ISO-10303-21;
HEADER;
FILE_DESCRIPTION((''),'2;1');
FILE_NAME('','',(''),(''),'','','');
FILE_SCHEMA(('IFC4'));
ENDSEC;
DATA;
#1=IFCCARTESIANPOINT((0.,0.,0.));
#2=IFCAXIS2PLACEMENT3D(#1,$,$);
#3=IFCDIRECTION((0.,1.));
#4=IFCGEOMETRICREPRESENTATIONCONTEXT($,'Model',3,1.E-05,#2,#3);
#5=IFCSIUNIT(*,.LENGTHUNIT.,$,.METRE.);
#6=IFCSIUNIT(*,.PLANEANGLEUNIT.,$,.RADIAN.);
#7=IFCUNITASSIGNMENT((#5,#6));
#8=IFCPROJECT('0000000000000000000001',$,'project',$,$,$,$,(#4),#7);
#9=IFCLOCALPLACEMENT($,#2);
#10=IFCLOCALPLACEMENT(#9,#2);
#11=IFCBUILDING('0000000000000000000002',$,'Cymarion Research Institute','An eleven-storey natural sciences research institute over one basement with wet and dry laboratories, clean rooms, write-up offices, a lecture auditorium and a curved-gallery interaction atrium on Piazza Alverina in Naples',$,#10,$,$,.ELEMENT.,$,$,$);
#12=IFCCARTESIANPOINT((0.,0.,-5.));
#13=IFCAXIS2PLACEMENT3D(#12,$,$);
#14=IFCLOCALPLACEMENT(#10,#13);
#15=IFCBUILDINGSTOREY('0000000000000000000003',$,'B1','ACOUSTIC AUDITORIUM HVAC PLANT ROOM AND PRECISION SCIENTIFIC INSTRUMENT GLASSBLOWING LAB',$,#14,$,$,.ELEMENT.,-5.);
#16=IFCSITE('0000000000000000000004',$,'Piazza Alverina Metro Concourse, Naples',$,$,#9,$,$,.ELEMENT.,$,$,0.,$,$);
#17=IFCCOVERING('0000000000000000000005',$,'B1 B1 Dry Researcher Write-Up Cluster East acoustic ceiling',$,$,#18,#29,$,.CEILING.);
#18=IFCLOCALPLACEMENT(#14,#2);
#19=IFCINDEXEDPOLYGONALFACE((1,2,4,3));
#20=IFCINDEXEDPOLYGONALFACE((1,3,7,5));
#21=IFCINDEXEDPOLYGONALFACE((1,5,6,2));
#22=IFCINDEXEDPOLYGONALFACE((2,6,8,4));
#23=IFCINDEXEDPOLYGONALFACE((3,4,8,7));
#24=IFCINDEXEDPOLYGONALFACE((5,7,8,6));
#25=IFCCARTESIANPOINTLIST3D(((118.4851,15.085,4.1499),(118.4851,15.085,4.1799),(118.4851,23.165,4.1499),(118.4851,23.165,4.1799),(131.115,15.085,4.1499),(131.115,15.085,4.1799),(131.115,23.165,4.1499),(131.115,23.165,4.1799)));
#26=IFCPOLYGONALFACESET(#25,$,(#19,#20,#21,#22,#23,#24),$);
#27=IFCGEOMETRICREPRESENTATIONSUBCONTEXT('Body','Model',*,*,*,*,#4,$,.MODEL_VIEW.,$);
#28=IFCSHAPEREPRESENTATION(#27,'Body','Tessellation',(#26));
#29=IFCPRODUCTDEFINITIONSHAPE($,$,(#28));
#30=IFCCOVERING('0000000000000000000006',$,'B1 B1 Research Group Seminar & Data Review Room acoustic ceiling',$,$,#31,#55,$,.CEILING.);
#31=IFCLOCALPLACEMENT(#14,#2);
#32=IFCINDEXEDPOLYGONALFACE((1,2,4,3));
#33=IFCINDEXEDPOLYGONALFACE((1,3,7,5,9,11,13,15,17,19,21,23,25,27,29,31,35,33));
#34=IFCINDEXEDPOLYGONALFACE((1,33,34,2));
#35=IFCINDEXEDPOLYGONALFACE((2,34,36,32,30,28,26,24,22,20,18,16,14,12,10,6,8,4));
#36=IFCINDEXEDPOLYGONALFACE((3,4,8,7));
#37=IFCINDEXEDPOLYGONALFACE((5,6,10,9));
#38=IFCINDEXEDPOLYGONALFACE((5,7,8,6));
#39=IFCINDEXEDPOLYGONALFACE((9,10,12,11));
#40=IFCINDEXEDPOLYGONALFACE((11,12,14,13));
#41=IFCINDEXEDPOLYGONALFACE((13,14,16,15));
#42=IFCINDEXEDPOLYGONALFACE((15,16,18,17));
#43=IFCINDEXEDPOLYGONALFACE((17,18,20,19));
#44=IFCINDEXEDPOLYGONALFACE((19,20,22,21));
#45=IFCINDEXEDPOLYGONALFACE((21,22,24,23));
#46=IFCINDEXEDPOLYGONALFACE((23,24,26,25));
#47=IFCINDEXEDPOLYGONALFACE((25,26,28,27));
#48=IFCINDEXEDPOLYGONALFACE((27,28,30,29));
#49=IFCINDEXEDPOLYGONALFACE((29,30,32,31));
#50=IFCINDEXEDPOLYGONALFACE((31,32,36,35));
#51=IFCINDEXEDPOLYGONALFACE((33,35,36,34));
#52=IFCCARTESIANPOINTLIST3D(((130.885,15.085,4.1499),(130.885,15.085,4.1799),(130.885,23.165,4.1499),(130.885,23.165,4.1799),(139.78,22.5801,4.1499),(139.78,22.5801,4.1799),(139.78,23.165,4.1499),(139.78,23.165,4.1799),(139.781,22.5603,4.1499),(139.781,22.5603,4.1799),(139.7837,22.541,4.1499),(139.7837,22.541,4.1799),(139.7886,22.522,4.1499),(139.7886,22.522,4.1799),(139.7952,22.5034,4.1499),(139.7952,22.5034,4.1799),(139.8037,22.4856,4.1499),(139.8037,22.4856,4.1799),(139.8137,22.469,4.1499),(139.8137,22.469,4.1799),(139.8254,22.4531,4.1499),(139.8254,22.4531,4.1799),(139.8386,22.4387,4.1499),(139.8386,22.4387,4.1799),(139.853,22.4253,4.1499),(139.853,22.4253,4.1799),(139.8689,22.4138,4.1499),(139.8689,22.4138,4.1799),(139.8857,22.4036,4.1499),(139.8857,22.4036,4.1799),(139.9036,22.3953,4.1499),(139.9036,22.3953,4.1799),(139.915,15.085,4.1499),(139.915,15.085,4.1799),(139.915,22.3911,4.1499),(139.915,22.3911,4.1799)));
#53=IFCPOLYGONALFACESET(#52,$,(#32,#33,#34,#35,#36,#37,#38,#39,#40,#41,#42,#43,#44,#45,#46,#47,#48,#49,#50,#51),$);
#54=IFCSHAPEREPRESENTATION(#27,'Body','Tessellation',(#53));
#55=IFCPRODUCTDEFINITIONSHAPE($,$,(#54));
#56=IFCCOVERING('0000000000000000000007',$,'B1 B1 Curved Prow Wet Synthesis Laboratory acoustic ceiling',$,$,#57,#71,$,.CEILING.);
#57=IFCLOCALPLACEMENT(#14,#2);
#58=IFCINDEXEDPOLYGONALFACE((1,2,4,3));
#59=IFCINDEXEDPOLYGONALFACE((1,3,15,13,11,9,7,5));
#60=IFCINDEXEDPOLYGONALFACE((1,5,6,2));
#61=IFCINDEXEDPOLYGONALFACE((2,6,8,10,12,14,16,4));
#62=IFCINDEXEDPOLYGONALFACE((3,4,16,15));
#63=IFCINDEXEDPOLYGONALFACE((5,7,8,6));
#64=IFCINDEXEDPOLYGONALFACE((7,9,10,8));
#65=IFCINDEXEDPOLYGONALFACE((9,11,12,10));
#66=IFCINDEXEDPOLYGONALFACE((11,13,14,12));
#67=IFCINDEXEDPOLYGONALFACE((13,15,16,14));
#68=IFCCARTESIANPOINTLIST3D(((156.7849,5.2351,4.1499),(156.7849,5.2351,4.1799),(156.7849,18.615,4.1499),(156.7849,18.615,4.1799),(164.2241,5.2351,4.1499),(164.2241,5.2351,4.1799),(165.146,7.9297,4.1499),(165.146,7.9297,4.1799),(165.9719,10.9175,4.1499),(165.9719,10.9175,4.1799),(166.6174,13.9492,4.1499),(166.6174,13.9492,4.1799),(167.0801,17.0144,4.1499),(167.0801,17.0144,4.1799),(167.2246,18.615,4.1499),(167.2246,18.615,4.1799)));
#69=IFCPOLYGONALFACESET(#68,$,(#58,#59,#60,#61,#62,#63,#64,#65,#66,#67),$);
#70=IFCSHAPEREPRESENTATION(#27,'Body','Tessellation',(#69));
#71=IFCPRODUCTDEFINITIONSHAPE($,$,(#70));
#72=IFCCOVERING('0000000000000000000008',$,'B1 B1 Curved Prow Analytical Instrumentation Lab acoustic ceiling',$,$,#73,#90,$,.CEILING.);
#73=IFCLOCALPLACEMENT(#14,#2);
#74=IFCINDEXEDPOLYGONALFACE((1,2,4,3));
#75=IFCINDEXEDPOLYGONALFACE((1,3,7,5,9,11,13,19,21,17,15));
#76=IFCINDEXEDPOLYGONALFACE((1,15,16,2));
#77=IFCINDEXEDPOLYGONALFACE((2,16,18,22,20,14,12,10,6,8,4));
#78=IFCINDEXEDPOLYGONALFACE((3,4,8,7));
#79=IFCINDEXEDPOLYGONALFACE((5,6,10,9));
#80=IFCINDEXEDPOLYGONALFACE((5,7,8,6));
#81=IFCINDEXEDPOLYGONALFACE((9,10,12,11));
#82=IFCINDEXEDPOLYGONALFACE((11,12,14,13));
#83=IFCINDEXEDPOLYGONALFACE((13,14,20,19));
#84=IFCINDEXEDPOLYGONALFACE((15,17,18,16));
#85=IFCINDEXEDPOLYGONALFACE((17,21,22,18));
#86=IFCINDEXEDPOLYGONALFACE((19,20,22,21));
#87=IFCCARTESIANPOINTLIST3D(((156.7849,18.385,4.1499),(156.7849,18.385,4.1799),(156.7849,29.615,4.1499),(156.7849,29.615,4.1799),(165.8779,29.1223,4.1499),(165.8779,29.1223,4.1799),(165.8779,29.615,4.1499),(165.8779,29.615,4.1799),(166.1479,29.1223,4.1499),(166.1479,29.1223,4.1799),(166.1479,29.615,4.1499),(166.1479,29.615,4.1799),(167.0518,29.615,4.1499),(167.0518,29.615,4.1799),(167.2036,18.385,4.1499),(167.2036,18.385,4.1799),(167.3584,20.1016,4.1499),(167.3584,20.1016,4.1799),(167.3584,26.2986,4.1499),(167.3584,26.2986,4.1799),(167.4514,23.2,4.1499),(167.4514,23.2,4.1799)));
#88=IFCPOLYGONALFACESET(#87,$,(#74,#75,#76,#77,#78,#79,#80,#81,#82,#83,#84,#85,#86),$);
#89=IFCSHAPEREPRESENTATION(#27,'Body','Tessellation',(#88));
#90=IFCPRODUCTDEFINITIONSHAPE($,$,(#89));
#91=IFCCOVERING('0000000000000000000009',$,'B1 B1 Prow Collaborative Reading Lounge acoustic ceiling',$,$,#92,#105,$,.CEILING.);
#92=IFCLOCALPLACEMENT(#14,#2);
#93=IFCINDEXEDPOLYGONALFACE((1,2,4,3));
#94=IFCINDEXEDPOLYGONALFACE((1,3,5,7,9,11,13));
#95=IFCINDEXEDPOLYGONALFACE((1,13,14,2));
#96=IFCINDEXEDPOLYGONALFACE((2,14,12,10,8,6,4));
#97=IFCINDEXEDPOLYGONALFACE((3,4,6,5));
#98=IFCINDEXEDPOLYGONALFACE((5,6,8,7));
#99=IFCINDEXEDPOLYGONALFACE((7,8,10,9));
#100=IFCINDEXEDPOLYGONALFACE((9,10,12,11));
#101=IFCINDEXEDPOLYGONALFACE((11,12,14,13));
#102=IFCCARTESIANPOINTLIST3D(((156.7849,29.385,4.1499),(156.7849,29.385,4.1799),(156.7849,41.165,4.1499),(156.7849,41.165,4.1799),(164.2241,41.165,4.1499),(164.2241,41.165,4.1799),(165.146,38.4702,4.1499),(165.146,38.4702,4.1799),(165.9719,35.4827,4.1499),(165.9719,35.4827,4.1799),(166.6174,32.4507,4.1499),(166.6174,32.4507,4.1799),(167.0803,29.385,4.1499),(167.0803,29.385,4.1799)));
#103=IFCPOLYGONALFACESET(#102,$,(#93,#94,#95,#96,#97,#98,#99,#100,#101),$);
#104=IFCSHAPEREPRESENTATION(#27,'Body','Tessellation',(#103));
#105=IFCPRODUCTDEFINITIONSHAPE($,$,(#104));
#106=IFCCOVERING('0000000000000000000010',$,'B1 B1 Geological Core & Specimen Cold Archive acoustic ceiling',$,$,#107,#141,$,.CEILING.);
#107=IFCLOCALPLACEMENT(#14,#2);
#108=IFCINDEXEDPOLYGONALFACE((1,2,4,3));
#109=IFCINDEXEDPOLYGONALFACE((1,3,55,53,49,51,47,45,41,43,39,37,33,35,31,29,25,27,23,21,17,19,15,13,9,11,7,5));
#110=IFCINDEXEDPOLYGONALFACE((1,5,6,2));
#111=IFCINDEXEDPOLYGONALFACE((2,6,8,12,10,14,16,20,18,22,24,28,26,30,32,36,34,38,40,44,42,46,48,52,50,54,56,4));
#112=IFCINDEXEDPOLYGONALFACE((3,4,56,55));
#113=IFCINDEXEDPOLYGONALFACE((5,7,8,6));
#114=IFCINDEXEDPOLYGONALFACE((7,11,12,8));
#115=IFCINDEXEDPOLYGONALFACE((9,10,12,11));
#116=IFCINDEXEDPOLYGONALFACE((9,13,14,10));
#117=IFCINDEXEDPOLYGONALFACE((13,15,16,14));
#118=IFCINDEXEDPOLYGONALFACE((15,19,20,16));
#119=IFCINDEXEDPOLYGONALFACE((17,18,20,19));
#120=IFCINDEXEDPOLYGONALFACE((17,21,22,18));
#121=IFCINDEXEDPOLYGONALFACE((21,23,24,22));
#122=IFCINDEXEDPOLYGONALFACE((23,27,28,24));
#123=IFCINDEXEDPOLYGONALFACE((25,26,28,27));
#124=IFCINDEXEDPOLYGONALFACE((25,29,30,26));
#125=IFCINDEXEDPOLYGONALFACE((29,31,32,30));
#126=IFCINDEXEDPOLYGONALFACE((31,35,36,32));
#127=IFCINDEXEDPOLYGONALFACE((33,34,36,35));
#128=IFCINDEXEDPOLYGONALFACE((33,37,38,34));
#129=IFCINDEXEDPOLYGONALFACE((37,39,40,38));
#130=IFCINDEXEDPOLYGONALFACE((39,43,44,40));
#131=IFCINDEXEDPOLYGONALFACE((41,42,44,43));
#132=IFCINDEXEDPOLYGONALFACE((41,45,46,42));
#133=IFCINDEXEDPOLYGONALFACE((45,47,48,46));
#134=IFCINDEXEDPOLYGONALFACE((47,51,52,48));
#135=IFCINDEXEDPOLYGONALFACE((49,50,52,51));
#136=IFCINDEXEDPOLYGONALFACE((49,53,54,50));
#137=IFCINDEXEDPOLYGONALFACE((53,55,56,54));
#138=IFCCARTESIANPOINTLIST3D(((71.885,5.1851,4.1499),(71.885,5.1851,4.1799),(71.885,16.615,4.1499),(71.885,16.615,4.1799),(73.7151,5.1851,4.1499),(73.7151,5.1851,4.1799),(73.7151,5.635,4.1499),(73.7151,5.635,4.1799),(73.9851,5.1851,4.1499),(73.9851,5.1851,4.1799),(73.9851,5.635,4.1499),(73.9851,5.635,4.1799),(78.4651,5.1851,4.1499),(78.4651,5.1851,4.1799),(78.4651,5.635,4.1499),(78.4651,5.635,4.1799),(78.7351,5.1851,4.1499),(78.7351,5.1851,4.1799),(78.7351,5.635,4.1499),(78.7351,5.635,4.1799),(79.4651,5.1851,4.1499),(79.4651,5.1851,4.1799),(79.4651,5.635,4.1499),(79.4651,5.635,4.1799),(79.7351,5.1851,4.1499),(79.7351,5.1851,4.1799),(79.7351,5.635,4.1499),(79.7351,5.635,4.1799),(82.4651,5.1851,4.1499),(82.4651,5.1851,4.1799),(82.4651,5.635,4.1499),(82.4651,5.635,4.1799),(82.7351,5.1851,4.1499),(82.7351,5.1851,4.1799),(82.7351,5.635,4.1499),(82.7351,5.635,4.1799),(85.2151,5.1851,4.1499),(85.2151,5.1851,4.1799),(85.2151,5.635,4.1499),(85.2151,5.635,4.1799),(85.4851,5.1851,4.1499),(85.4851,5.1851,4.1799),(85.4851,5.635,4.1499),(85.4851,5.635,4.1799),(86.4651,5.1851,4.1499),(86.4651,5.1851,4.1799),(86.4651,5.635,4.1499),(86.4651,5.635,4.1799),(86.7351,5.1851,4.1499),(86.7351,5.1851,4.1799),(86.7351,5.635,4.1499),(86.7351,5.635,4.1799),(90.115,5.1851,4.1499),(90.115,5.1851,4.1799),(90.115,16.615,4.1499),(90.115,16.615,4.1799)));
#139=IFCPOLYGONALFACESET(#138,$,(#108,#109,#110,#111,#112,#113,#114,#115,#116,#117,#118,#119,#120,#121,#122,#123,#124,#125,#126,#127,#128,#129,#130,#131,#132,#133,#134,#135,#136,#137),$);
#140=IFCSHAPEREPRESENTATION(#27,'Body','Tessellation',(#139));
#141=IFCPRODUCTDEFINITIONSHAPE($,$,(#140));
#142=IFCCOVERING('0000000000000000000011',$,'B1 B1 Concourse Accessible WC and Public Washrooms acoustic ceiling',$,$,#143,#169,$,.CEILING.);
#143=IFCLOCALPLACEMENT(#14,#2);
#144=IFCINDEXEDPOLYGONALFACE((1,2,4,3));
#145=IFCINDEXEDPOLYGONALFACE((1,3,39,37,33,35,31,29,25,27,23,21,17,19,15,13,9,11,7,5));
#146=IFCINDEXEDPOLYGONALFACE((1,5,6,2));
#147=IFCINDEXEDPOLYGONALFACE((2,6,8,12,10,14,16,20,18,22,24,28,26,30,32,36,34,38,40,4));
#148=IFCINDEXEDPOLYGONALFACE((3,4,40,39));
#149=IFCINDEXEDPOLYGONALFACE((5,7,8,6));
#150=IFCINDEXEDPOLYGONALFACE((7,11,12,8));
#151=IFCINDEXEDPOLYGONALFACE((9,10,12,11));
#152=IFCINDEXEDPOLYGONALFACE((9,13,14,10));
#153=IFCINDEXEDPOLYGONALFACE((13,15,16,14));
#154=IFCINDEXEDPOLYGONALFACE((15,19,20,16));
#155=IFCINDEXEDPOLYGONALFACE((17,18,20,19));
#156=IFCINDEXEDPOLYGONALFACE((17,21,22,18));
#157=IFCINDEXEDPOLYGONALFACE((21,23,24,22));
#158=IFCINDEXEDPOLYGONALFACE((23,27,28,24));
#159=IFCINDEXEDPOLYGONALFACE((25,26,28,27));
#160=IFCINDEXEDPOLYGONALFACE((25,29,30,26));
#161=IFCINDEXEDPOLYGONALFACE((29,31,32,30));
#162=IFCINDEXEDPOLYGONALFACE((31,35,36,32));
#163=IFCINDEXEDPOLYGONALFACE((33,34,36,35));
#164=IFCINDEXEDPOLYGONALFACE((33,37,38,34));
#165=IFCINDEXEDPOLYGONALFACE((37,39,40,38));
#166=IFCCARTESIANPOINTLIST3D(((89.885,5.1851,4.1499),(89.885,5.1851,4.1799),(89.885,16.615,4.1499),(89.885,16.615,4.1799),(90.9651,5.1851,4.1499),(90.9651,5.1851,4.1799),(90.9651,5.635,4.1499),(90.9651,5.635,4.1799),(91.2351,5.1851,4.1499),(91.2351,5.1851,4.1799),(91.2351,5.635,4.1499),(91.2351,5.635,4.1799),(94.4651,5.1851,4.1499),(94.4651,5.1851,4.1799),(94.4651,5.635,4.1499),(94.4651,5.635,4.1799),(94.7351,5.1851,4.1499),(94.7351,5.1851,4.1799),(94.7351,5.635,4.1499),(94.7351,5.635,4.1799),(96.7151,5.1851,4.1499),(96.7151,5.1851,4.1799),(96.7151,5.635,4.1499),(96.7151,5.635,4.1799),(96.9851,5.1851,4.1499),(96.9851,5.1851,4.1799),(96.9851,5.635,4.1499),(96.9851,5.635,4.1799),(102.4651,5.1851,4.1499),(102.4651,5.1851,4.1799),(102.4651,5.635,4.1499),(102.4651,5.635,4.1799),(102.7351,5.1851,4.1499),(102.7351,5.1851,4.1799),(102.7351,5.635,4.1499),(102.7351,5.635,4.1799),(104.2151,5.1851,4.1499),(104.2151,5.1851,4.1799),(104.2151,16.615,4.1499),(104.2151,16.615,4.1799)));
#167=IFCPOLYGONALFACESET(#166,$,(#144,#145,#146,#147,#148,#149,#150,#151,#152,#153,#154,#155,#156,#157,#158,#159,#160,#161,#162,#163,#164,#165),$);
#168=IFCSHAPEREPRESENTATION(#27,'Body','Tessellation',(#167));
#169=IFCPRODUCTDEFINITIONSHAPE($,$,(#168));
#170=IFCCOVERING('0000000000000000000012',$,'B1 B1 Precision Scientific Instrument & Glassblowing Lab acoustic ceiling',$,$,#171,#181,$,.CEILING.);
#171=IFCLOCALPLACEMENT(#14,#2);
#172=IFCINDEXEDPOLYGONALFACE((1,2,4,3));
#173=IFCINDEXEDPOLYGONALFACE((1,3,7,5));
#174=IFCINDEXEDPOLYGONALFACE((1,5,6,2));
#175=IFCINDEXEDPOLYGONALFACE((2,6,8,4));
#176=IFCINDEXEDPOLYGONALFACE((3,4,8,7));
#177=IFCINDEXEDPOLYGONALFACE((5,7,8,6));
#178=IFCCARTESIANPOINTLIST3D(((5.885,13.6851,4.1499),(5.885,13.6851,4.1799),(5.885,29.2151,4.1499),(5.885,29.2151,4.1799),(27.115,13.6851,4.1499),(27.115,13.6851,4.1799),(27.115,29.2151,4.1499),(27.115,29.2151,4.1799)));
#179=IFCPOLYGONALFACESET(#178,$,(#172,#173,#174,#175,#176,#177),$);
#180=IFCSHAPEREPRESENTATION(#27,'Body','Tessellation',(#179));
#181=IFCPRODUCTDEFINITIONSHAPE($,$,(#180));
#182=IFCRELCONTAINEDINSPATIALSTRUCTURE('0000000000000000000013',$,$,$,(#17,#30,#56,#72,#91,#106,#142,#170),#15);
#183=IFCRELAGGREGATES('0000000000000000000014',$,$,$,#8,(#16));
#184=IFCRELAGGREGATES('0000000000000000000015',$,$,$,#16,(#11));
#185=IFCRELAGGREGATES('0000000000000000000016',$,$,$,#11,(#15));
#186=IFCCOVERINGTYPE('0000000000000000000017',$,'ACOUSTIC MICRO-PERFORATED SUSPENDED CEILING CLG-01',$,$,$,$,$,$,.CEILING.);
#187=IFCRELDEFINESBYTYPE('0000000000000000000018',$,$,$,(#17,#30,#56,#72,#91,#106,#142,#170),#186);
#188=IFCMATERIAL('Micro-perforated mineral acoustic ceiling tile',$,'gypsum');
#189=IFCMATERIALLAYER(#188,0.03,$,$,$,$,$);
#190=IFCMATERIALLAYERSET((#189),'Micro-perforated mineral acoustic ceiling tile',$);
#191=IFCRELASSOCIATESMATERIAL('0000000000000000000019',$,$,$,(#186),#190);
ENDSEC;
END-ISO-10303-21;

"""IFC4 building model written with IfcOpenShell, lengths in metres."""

from ifc_helpers import new_model, si_unit, direction, frame, origin, place, context, subcontext, project, spatial, polyline, outline, extrude, material, layer, layer_set, type_object, element, save


model = new_model("IFC4")

# Units and contexts
model_context = context("Model", 3, precision=1e-05, world=origin(), true_north=direction((0.0, 1.0)))
body_context = subcontext(model_context, "Body", "Model", "MODEL_VIEW")
ifc_project = project(units=[si_unit("LENGTHUNIT", "METRE"), si_unit("PLANEANGLEUNIT", "RADIAN")], contexts=[model_context])

# Site, building, storey
site_placement = place(None, origin())
site = spatial("IfcSite", under=ifc_project, at=site_placement, Name="Piazza Alverina Metro Concourse, Naples", CompositionType="ELEMENT", RefElevation=0.0)
building_placement = place(site_placement, origin())
building = spatial("IfcBuilding", under=site, at=building_placement, Name="Cymarion Research Institute", Description="An eleven-storey natural sciences research institute over one basement with wet and dry laboratories, clean rooms, write-up offices, a lecture auditorium and a curved-gallery interaction atrium on Piazza Alverina in Naples", CompositionType="ELEMENT")
storey_placement = place(building_placement, frame((0.0, 0.0, -5.0)))
storey = spatial("IfcBuildingStorey", under=building, at=storey_placement, Name="B1", Description="ACOUSTIC AUDITORIUM HVAC PLANT ROOM AND PRECISION SCIENTIFIC INSTRUMENT GLASSBLOWING LAB", CompositionType="ELEMENT", Elevation=-5.0)

# Coverings
ifc_material_1 = material(Name="Micro-perforated mineral acoustic ceiling tile", Category="gypsum")
ifc_layer_1 = layer(ifc_material_1, 0.03)
ifc_layer_set_1 = layer_set([ifc_layer_1], Name="Micro-perforated mineral acoustic ceiling tile")
covering_type = type_object("IfcCoveringType", Name="ACOUSTIC MICRO-PERFORATED SUSPENDED CEILING CLG-01", PredefinedType="CEILING", material=ifc_layer_set_1)
covering_1_placement = place(storey_placement, frame((0.0, 0.0, 4.1499)))
element("IfcCovering", 1, at=covering_1_placement, inside=storey, type_object=covering_type, Name="B1 B1 Dry Researcher Write-Up Cluster East acoustic ceiling", PredefinedType="CEILING", context=body_context, shape_type="SweptSolid", body=[
    extrude(outline(polyline([(131.115, 23.165), (131.115, 15.085), (118.4851, 15.085), (118.4851, 23.165), (131.115, 23.165)])), origin(), (0.0, 0.0, 1.0), 0.03),
])
covering_2_placement = place(storey_placement, frame((0.0, 0.0, 4.1499)))
element("IfcCovering", 2, at=covering_2_placement, inside=storey, type_object=covering_type, Name="B1 B1 Research Group Seminar & Data Review Room acoustic ceiling", PredefinedType="CEILING", context=body_context, shape_type="SweptSolid", body=[
    extrude(outline(polyline([(139.78, 23.165), (139.78, 22.5801), (139.781, 22.5603), (139.7837, 22.541), (139.7886, 22.522), (139.7952, 22.5034), (139.8037, 22.4856), (139.8137, 22.469), (139.8254, 22.4531), (139.8386, 22.4387), (139.853, 22.4253), (139.8689, 22.4138), (139.8857, 22.4036), (139.9036, 22.3953), (139.915, 22.3911), (139.915, 15.085), (130.885, 15.085), (130.885, 23.165), (139.78, 23.165)])), origin(), (0.0, 0.0, 1.0), 0.03),
])
covering_3_placement = place(storey_placement, frame((0.0, 0.0, 4.1499)))
element("IfcCovering", 3, at=covering_3_placement, inside=storey, type_object=covering_type, Name="B1 B1 Curved Prow Wet Synthesis Laboratory acoustic ceiling", PredefinedType="CEILING", context=body_context, shape_type="SweptSolid", body=[
    extrude(outline(polyline([(167.2246, 18.615), (167.0801, 17.0144), (166.6174, 13.9492), (165.9719, 10.9175), (165.146, 7.9297), (164.2241, 5.2351), (156.7849, 5.2351), (156.7849, 18.615), (167.2246, 18.615)])), origin(), (0.0, 0.0, 1.0), 0.03),
])
covering_4_placement = place(storey_placement, frame((0.0, 0.0, 4.1499)))
element("IfcCovering", 4, at=covering_4_placement, inside=storey, type_object=covering_type, Name="B1 B1 Curved Prow Analytical Instrumentation Lab acoustic ceiling", PredefinedType="CEILING", context=body_context, shape_type="SweptSolid", body=[
    extrude(outline(polyline([(165.8779, 29.615), (165.8779, 29.1223), (166.1479, 29.1223), (166.1479, 29.615), (167.0518, 29.615), (167.3584, 26.2986), (167.4514, 23.2), (167.3584, 20.1016), (167.2036, 18.385), (156.7849, 18.385), (156.7849, 29.615), (165.8779, 29.615)])), origin(), (0.0, 0.0, 1.0), 0.03),
])
covering_5_placement = place(storey_placement, frame((0.0, 0.0, 4.1499)))
element("IfcCovering", 5, at=covering_5_placement, inside=storey, type_object=covering_type, Name="B1 B1 Prow Collaborative Reading Lounge acoustic ceiling", PredefinedType="CEILING", context=body_context, shape_type="SweptSolid", body=[
    extrude(outline(polyline([(164.2241, 41.165), (165.146, 38.4702), (165.9719, 35.4827), (166.6174, 32.4507), (167.0803, 29.385), (156.7849, 29.385), (156.7849, 41.165), (164.2241, 41.165)])), origin(), (0.0, 0.0, 1.0), 0.03),
])
covering_6_placement = place(storey_placement, frame((0.0, 0.0, 4.1499)))
element("IfcCovering", 6, at=covering_6_placement, inside=storey, type_object=covering_type, Name="B1 B1 Geological Core & Specimen Cold Archive acoustic ceiling", PredefinedType="CEILING", context=body_context, shape_type="SweptSolid", body=[
    extrude(outline(polyline([(90.115, 5.1851), (86.7351, 5.1851), (86.7351, 5.635), (86.4651, 5.635), (86.4651, 5.1851), (85.4851, 5.1851), (85.4851, 5.635), (85.2151, 5.635), (85.2151, 5.1851), (82.7351, 5.1851), (82.7351, 5.635), (82.4651, 5.635), (82.4651, 5.1851), (79.7351, 5.1851), (79.7351, 5.635), (79.4651, 5.635), (79.4651, 5.1851), (78.7351, 5.1851), (78.7351, 5.635), (78.4651, 5.635), (78.4651, 5.1851), (73.9851, 5.1851), (73.9851, 5.635), (73.7151, 5.635), (73.7151, 5.1851), (71.885, 5.1851), (71.885, 16.615), (90.115, 16.615), (90.115, 5.1851)])), origin(), (0.0, 0.0, 1.0), 0.03),
])
covering_7_placement = place(storey_placement, frame((0.0, 0.0, 4.1499)))
element("IfcCovering", 7, at=covering_7_placement, inside=storey, type_object=covering_type, Name="B1 B1 Concourse Accessible WC and Public Washrooms acoustic ceiling", PredefinedType="CEILING", context=body_context, shape_type="SweptSolid", body=[
    extrude(outline(polyline([(102.7351, 5.635), (102.4651, 5.635), (102.4651, 5.1851), (96.9851, 5.1851), (96.9851, 5.635), (96.7151, 5.635), (96.7151, 5.1851), (94.7351, 5.1851), (94.7351, 5.635), (94.4651, 5.635), (94.4651, 5.1851), (91.2351, 5.1851), (91.2351, 5.635), (90.9651, 5.635), (90.9651, 5.1851), (89.885, 5.1851), (89.885, 16.615), (104.2151, 16.615), (104.2151, 5.1851), (102.7351, 5.1851), (102.7351, 5.635)])), origin(), (0.0, 0.0, 1.0), 0.03),
])
covering_8_placement = place(storey_placement, frame((0.0, 0.0, 4.1499)))
element("IfcCovering", 8, at=covering_8_placement, inside=storey, type_object=covering_type, Name="B1 B1 Precision Scientific Instrument & Glassblowing Lab acoustic ceiling", PredefinedType="CEILING", context=body_context, shape_type="SweptSolid", body=[
    extrude(outline(polyline([(27.115, 29.2151), (27.115, 13.6851), (5.885, 13.6851), (5.885, 29.2151), (27.115, 29.2151)])), origin(), (0.0, 0.0, 1.0), 0.03),
])

save(model, "model.ifc")
